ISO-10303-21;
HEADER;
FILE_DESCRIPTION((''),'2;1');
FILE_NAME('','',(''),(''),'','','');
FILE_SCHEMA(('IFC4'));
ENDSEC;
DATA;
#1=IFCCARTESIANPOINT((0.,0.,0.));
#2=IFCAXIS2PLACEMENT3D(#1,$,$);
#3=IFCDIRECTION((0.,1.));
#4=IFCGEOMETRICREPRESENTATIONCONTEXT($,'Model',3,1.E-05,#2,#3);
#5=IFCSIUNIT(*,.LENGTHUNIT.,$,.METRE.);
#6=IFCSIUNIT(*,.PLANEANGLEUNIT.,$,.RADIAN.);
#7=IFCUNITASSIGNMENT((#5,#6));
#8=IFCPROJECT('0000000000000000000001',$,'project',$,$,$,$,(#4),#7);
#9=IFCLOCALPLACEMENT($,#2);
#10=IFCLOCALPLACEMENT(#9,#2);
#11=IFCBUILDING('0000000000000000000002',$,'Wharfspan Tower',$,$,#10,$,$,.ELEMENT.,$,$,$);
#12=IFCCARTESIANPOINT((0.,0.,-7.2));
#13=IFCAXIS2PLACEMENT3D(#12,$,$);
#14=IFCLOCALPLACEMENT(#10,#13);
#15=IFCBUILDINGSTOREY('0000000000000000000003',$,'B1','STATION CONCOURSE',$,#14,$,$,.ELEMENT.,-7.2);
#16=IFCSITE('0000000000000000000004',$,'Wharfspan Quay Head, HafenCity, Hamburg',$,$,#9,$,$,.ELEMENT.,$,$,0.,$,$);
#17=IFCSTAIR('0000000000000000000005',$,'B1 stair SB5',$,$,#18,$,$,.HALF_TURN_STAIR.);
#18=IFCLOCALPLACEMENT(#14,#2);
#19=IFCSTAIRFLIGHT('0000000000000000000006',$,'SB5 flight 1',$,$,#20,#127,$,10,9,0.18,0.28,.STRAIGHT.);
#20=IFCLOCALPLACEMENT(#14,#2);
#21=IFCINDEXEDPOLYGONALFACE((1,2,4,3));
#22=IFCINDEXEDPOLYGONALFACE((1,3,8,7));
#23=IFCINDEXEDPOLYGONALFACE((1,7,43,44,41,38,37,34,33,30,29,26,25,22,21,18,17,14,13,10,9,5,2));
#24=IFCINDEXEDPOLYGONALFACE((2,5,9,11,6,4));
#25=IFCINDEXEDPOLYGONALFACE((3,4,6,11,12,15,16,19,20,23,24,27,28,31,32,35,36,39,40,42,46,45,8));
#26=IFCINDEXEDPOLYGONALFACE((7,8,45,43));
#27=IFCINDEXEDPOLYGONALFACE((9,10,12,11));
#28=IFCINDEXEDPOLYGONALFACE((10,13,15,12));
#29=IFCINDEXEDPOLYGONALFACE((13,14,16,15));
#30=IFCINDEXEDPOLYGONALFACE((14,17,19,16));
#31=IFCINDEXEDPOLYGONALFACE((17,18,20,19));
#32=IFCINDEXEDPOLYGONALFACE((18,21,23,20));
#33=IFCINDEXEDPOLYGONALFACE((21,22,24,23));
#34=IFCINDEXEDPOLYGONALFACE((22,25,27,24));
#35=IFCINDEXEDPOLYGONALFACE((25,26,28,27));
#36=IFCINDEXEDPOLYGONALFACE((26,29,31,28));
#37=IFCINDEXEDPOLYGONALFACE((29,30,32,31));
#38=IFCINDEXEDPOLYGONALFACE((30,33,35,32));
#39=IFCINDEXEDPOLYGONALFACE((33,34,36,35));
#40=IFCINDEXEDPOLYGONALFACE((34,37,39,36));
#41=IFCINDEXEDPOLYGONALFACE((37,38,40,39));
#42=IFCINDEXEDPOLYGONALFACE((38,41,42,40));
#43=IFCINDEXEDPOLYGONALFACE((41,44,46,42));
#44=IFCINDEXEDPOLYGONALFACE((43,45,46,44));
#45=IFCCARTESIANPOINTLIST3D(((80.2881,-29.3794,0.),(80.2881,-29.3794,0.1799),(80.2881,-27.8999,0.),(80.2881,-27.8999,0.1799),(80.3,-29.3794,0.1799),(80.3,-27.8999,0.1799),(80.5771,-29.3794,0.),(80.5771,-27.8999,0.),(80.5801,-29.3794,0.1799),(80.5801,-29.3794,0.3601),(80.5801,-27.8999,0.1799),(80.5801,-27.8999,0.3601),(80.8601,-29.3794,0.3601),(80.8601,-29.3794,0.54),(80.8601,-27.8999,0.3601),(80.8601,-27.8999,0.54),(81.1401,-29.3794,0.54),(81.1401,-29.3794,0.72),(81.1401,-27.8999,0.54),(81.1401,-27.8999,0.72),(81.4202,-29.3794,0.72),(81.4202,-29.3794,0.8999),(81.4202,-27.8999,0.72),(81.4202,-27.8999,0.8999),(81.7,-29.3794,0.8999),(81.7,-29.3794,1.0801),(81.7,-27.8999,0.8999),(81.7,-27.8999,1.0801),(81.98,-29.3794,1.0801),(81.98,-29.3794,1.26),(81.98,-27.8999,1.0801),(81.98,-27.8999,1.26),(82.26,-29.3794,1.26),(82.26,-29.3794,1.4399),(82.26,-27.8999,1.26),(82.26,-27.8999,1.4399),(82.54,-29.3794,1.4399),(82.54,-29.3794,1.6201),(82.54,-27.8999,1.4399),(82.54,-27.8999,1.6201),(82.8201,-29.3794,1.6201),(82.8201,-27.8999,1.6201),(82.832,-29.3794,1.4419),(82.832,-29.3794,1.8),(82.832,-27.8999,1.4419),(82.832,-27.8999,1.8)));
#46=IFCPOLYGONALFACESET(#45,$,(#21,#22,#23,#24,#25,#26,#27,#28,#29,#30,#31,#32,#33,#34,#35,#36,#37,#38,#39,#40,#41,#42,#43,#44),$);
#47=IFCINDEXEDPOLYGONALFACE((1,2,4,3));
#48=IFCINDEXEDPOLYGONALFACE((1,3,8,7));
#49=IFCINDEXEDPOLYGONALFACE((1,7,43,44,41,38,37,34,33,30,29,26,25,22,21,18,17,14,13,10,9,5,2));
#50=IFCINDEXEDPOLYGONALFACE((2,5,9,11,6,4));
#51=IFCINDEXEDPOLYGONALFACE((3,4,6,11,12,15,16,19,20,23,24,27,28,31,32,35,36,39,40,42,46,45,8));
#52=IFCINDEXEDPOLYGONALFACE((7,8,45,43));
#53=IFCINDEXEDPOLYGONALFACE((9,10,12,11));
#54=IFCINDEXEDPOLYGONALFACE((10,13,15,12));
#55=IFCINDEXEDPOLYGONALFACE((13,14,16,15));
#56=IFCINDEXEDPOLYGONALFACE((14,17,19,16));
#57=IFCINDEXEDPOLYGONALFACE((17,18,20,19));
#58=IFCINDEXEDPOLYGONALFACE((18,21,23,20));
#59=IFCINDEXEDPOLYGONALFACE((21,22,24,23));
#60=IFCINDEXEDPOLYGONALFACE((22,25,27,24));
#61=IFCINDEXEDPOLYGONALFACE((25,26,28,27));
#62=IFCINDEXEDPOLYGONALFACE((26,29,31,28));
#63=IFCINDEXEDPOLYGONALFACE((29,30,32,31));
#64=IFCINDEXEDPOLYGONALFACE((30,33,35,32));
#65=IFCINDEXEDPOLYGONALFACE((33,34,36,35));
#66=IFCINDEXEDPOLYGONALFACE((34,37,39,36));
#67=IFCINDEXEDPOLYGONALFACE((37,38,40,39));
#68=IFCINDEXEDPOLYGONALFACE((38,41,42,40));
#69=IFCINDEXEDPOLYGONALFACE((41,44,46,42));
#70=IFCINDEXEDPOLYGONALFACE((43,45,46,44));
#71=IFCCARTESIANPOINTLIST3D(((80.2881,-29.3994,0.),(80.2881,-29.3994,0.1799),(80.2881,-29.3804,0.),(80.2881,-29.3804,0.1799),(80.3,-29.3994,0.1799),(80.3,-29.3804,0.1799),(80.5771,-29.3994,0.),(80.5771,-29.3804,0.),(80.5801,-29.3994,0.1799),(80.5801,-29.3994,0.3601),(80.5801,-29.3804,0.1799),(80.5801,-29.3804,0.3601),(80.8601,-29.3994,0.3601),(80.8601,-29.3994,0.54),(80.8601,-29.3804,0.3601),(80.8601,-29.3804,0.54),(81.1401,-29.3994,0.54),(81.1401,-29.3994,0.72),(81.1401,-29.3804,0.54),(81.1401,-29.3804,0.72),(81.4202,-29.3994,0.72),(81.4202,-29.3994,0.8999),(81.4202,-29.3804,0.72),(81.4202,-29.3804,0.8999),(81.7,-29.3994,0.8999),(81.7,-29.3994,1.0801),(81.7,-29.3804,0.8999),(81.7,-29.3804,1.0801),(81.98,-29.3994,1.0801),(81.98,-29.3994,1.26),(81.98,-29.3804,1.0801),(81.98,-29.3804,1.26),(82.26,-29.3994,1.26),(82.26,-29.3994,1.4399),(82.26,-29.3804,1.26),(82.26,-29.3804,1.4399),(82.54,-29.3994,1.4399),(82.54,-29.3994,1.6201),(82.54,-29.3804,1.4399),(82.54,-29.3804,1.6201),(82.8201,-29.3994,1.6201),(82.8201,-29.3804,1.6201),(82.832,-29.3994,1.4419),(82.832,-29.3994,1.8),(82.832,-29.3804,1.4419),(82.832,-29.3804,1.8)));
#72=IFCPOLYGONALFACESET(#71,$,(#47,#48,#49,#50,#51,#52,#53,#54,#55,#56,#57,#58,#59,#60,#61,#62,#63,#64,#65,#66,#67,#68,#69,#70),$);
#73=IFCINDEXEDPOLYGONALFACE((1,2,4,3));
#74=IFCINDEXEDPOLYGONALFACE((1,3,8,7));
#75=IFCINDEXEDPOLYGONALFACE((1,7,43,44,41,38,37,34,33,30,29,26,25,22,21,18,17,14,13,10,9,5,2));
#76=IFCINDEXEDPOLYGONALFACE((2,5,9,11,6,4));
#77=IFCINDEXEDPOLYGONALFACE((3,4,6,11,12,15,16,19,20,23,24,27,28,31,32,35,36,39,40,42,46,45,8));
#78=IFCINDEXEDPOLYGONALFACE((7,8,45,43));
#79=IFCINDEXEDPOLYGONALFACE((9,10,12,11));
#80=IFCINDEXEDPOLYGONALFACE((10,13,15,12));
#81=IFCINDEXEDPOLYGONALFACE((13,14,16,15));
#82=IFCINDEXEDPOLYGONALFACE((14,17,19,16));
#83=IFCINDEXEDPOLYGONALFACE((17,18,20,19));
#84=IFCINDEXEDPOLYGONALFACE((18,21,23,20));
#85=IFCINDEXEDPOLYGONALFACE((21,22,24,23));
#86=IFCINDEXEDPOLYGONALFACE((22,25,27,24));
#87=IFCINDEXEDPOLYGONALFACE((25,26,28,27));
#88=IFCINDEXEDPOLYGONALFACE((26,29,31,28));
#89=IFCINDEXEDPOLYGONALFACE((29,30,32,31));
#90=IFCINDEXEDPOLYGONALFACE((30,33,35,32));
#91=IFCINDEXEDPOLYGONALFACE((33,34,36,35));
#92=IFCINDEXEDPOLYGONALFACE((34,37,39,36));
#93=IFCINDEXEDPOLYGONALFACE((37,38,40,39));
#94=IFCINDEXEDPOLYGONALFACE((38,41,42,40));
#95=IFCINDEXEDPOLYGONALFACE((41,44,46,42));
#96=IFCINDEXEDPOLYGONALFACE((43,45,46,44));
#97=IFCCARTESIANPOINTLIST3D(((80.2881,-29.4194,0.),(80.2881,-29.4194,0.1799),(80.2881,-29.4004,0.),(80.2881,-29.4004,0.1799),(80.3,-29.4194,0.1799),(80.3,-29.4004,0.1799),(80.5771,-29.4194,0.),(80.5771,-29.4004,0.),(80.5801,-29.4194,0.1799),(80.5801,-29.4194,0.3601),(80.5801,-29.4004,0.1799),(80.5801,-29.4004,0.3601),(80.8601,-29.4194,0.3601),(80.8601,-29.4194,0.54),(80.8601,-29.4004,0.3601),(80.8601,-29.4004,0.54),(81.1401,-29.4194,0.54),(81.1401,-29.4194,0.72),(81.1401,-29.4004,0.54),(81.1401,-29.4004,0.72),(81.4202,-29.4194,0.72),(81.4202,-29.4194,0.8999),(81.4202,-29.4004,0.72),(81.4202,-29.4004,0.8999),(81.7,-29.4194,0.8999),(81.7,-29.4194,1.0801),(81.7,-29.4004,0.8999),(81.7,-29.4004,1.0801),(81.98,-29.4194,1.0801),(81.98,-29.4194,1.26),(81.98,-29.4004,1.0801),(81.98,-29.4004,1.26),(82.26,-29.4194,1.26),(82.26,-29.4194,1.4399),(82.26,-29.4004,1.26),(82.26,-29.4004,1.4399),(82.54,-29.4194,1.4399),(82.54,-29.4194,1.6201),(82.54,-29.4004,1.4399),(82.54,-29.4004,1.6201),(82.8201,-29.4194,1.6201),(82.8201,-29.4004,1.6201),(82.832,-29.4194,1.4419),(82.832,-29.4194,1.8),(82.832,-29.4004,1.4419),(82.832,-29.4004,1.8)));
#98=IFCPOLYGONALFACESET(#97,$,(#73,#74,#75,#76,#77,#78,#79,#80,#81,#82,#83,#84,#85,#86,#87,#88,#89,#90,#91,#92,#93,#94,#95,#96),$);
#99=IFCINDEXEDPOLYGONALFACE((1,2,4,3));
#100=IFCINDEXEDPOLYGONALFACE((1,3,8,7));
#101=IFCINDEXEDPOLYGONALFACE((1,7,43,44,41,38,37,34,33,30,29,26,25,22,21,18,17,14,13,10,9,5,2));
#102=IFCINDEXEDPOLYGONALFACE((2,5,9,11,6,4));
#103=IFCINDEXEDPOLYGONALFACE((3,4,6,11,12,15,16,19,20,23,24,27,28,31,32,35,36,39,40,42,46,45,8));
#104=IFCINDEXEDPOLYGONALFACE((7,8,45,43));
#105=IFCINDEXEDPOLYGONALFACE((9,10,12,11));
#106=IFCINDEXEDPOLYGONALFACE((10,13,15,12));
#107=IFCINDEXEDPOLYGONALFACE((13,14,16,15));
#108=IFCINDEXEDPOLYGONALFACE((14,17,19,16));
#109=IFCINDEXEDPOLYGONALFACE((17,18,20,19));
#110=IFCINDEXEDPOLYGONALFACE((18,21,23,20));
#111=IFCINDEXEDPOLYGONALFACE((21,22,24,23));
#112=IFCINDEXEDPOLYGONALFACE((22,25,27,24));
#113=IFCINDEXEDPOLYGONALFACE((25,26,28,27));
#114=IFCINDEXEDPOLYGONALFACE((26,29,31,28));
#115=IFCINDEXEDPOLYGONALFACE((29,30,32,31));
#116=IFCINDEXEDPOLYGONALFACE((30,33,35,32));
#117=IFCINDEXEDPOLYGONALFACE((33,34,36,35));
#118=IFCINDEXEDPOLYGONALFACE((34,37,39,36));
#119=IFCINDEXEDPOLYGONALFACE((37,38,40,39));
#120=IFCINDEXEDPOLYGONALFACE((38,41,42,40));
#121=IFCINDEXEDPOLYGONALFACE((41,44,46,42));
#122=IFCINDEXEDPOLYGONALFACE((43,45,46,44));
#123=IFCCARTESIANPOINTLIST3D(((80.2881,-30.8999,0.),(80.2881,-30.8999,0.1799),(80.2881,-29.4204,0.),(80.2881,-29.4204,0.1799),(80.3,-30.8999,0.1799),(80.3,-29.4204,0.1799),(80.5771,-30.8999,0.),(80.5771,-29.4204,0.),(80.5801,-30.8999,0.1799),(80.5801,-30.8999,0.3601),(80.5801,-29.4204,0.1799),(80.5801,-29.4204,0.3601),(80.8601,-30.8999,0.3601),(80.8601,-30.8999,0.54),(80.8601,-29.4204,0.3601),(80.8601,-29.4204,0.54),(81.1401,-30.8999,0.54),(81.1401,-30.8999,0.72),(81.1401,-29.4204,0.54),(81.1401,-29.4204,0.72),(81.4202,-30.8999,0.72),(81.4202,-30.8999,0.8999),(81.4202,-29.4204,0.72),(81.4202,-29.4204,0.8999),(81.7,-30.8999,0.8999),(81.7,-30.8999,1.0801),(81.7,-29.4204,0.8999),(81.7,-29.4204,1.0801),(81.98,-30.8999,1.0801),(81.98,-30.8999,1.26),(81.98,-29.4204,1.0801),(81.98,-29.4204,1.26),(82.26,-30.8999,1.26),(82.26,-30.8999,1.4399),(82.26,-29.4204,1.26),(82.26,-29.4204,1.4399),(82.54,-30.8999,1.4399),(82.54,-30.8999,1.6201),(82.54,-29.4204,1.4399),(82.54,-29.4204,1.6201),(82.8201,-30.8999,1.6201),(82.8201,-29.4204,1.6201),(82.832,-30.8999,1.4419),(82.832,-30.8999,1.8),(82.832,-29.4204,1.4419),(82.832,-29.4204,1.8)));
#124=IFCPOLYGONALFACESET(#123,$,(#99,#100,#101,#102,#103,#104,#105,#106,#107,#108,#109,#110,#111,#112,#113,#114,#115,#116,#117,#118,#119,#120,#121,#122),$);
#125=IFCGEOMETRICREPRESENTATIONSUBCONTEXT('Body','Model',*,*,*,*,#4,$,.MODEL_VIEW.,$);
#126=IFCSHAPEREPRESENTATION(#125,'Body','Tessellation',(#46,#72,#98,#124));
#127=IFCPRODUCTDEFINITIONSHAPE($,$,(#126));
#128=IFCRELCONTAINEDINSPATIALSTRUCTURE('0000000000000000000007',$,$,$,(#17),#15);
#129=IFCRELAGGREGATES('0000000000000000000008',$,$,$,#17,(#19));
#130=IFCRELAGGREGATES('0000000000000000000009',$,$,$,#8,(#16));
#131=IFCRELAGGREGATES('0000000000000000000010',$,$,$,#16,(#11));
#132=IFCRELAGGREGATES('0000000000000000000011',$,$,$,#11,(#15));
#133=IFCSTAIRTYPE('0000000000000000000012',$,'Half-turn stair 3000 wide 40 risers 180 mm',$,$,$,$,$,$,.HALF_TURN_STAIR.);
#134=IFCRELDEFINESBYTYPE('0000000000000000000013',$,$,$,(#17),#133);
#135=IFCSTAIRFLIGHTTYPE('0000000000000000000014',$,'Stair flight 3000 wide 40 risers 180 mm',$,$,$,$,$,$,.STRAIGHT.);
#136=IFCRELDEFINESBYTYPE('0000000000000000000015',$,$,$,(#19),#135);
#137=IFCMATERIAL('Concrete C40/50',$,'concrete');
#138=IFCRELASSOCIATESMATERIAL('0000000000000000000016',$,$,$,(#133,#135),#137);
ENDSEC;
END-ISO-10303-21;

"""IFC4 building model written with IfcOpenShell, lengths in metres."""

from ifc_helpers import new_model, si_unit, direction, frame, origin, place, context, subcontext, project, spatial, polyline, outline, extrude, material, type_object, element, aggregate, save


model = new_model("IFC4")

# Units and contexts
model_context = context("Model", 3, precision=1e-05, world=origin(), true_north=direction((0.0, 1.0)))
body_context = subcontext(model_context, "Body", "Model", "MODEL_VIEW")
ifc_project = project(units=[si_unit("LENGTHUNIT", "METRE"), si_unit("PLANEANGLEUNIT", "RADIAN")], contexts=[model_context])

# Site, building, storey
site_placement = place(None, origin())
site = spatial("IfcSite", under=ifc_project, at=site_placement, Name="Wharfspan Quay Head, HafenCity, Hamburg", CompositionType="ELEMENT", RefElevation=0.0)
building_placement = place(site_placement, origin())
building = spatial("IfcBuilding", under=site, at=building_placement, Name="Wharfspan Tower", CompositionType="ELEMENT")
storey_placement = place(building_placement, frame((0.0, 0.0, -7.2)))
storey = spatial("IfcBuildingStorey", under=building, at=storey_placement, Name="B1", Description="STATION CONCOURSE", CompositionType="ELEMENT", Elevation=-7.2)

# Shared definitions
ifc_material_1 = material(Name="Concrete C40/50", Category="concrete")

# Stair, stair flight
stair_type = type_object("IfcStairType", Name="Half-turn stair 3000 wide 40 risers 180 mm", PredefinedType="HALF_TURN_STAIR", material=ifc_material_1)
stair_placement = place(storey_placement, origin())
stair = element("IfcStair", 1, at=stair_placement, inside=storey, type_object=stair_type, Name="B1 stair SB5", PredefinedType="HALF_TURN_STAIR")
stair_flight_type = type_object("IfcStairFlightType", Name="Stair flight 3000 wide 40 risers 180 mm", PredefinedType="STRAIGHT", material=ifc_material_1)
stair_flight_1_placement = place(storey_placement, frame((80.3, -29.3999, 0.0), z_axis=(0.0, 0.0, 1.0), x_axis=(1.0, 0.0, 0.0)))
stair_flight_1 = element("IfcStairFlight", 2, at=stair_flight_1_placement, type_object=stair_flight_type, Name="SB5 flight 1", NumberOfRisers=10, NumberOfTreads=9, PredefinedType="STRAIGHT", RiserHeight=0.18, TreadLength=0.28, context=body_context, shape_type="SweptSolid", body=[
    extrude(outline(polyline([(-0.012, 0.0), (-0.012, 0.1799), (0.0, 0.1799), (0.28, 0.1799), (0.28, 0.3601), (0.5601, 0.3601), (0.5601, 0.54), (0.8401, 0.54), (0.8401, 0.72), (1.1201, 0.72), (1.1201, 0.8999), (1.3999, 0.8999), (1.3999, 1.0801), (1.6799, 1.0801), (1.6799, 1.26), (1.96, 1.26), (1.96, 1.4399), (2.24, 1.4399), (2.24, 1.6201), (2.52, 1.6201), (2.532, 1.8), (2.532, 1.4419), (0.2771, 0.0), (-0.012, 0.0)])), frame((0.0, 1.5, 0.0), z_axis=(0.0, -1.0, 0.0), x_axis=(1.0, 0.0, 0.0)), (0.0, 0.0, 1.0), 1.4795),
    extrude(outline(polyline([(-0.012, 0.0), (-0.012, 0.1799), (0.0, 0.1799), (0.28, 0.1799), (0.28, 0.3601), (0.5601, 0.3601), (0.5601, 0.54), (0.8401, 0.54), (0.8401, 0.72), (1.1201, 0.72), (1.1201, 0.8999), (1.3999, 0.8999), (1.3999, 1.0801), (1.6799, 1.0801), (1.6799, 1.26), (1.96, 1.26), (1.96, 1.4399), (2.24, 1.4399), (2.24, 1.6201), (2.52, 1.6201), (2.532, 1.8), (2.532, 1.4419), (0.2771, 0.0), (-0.012, 0.0)])), frame((0.0, 0.0195, 0.0), z_axis=(0.0, -1.0, 0.0), x_axis=(1.0, 0.0, 0.0)), (0.0, 0.0, 1.0), 0.019),
    extrude(outline(polyline([(-0.012, 0.0), (-0.012, 0.1799), (0.0, 0.1799), (0.28, 0.1799), (0.28, 0.3601), (0.5601, 0.3601), (0.5601, 0.54), (0.8401, 0.54), (0.8401, 0.72), (1.1201, 0.72), (1.1201, 0.8999), (1.3999, 0.8999), (1.3999, 1.0801), (1.6799, 1.0801), (1.6799, 1.26), (1.96, 1.26), (1.96, 1.4399), (2.24, 1.4399), (2.24, 1.6201), (2.52, 1.6201), (2.532, 1.8), (2.532, 1.4419), (0.2771, 0.0), (-0.012, 0.0)])), frame((0.0, -0.0005, 0.0), z_axis=(0.0, -1.0, 0.0), x_axis=(1.0, 0.0, 0.0)), (0.0, 0.0, 1.0), 0.019),
    extrude(outline(polyline([(-0.012, 0.0), (-0.012, 0.1799), (0.0, 0.1799), (0.28, 0.1799), (0.28, 0.3601), (0.5601, 0.3601), (0.5601, 0.54), (0.8401, 0.54), (0.8401, 0.72), (1.1201, 0.72), (1.1201, 0.8999), (1.3999, 0.8999), (1.3999, 1.0801), (1.6799, 1.0801), (1.6799, 1.26), (1.96, 1.26), (1.96, 1.4399), (2.24, 1.4399), (2.24, 1.6201), (2.52, 1.6201), (2.532, 1.8), (2.532, 1.4419), (0.2771, 0.0), (-0.012, 0.0)])), frame((0.0, -0.0205, 0.0), z_axis=(0.0, -1.0, 0.0), x_axis=(1.0, 0.0, 0.0)), (0.0, 0.0, 1.0), 1.4795),
])
aggregate(stair, [stair_flight_1])

save(model, "model.ifc")
